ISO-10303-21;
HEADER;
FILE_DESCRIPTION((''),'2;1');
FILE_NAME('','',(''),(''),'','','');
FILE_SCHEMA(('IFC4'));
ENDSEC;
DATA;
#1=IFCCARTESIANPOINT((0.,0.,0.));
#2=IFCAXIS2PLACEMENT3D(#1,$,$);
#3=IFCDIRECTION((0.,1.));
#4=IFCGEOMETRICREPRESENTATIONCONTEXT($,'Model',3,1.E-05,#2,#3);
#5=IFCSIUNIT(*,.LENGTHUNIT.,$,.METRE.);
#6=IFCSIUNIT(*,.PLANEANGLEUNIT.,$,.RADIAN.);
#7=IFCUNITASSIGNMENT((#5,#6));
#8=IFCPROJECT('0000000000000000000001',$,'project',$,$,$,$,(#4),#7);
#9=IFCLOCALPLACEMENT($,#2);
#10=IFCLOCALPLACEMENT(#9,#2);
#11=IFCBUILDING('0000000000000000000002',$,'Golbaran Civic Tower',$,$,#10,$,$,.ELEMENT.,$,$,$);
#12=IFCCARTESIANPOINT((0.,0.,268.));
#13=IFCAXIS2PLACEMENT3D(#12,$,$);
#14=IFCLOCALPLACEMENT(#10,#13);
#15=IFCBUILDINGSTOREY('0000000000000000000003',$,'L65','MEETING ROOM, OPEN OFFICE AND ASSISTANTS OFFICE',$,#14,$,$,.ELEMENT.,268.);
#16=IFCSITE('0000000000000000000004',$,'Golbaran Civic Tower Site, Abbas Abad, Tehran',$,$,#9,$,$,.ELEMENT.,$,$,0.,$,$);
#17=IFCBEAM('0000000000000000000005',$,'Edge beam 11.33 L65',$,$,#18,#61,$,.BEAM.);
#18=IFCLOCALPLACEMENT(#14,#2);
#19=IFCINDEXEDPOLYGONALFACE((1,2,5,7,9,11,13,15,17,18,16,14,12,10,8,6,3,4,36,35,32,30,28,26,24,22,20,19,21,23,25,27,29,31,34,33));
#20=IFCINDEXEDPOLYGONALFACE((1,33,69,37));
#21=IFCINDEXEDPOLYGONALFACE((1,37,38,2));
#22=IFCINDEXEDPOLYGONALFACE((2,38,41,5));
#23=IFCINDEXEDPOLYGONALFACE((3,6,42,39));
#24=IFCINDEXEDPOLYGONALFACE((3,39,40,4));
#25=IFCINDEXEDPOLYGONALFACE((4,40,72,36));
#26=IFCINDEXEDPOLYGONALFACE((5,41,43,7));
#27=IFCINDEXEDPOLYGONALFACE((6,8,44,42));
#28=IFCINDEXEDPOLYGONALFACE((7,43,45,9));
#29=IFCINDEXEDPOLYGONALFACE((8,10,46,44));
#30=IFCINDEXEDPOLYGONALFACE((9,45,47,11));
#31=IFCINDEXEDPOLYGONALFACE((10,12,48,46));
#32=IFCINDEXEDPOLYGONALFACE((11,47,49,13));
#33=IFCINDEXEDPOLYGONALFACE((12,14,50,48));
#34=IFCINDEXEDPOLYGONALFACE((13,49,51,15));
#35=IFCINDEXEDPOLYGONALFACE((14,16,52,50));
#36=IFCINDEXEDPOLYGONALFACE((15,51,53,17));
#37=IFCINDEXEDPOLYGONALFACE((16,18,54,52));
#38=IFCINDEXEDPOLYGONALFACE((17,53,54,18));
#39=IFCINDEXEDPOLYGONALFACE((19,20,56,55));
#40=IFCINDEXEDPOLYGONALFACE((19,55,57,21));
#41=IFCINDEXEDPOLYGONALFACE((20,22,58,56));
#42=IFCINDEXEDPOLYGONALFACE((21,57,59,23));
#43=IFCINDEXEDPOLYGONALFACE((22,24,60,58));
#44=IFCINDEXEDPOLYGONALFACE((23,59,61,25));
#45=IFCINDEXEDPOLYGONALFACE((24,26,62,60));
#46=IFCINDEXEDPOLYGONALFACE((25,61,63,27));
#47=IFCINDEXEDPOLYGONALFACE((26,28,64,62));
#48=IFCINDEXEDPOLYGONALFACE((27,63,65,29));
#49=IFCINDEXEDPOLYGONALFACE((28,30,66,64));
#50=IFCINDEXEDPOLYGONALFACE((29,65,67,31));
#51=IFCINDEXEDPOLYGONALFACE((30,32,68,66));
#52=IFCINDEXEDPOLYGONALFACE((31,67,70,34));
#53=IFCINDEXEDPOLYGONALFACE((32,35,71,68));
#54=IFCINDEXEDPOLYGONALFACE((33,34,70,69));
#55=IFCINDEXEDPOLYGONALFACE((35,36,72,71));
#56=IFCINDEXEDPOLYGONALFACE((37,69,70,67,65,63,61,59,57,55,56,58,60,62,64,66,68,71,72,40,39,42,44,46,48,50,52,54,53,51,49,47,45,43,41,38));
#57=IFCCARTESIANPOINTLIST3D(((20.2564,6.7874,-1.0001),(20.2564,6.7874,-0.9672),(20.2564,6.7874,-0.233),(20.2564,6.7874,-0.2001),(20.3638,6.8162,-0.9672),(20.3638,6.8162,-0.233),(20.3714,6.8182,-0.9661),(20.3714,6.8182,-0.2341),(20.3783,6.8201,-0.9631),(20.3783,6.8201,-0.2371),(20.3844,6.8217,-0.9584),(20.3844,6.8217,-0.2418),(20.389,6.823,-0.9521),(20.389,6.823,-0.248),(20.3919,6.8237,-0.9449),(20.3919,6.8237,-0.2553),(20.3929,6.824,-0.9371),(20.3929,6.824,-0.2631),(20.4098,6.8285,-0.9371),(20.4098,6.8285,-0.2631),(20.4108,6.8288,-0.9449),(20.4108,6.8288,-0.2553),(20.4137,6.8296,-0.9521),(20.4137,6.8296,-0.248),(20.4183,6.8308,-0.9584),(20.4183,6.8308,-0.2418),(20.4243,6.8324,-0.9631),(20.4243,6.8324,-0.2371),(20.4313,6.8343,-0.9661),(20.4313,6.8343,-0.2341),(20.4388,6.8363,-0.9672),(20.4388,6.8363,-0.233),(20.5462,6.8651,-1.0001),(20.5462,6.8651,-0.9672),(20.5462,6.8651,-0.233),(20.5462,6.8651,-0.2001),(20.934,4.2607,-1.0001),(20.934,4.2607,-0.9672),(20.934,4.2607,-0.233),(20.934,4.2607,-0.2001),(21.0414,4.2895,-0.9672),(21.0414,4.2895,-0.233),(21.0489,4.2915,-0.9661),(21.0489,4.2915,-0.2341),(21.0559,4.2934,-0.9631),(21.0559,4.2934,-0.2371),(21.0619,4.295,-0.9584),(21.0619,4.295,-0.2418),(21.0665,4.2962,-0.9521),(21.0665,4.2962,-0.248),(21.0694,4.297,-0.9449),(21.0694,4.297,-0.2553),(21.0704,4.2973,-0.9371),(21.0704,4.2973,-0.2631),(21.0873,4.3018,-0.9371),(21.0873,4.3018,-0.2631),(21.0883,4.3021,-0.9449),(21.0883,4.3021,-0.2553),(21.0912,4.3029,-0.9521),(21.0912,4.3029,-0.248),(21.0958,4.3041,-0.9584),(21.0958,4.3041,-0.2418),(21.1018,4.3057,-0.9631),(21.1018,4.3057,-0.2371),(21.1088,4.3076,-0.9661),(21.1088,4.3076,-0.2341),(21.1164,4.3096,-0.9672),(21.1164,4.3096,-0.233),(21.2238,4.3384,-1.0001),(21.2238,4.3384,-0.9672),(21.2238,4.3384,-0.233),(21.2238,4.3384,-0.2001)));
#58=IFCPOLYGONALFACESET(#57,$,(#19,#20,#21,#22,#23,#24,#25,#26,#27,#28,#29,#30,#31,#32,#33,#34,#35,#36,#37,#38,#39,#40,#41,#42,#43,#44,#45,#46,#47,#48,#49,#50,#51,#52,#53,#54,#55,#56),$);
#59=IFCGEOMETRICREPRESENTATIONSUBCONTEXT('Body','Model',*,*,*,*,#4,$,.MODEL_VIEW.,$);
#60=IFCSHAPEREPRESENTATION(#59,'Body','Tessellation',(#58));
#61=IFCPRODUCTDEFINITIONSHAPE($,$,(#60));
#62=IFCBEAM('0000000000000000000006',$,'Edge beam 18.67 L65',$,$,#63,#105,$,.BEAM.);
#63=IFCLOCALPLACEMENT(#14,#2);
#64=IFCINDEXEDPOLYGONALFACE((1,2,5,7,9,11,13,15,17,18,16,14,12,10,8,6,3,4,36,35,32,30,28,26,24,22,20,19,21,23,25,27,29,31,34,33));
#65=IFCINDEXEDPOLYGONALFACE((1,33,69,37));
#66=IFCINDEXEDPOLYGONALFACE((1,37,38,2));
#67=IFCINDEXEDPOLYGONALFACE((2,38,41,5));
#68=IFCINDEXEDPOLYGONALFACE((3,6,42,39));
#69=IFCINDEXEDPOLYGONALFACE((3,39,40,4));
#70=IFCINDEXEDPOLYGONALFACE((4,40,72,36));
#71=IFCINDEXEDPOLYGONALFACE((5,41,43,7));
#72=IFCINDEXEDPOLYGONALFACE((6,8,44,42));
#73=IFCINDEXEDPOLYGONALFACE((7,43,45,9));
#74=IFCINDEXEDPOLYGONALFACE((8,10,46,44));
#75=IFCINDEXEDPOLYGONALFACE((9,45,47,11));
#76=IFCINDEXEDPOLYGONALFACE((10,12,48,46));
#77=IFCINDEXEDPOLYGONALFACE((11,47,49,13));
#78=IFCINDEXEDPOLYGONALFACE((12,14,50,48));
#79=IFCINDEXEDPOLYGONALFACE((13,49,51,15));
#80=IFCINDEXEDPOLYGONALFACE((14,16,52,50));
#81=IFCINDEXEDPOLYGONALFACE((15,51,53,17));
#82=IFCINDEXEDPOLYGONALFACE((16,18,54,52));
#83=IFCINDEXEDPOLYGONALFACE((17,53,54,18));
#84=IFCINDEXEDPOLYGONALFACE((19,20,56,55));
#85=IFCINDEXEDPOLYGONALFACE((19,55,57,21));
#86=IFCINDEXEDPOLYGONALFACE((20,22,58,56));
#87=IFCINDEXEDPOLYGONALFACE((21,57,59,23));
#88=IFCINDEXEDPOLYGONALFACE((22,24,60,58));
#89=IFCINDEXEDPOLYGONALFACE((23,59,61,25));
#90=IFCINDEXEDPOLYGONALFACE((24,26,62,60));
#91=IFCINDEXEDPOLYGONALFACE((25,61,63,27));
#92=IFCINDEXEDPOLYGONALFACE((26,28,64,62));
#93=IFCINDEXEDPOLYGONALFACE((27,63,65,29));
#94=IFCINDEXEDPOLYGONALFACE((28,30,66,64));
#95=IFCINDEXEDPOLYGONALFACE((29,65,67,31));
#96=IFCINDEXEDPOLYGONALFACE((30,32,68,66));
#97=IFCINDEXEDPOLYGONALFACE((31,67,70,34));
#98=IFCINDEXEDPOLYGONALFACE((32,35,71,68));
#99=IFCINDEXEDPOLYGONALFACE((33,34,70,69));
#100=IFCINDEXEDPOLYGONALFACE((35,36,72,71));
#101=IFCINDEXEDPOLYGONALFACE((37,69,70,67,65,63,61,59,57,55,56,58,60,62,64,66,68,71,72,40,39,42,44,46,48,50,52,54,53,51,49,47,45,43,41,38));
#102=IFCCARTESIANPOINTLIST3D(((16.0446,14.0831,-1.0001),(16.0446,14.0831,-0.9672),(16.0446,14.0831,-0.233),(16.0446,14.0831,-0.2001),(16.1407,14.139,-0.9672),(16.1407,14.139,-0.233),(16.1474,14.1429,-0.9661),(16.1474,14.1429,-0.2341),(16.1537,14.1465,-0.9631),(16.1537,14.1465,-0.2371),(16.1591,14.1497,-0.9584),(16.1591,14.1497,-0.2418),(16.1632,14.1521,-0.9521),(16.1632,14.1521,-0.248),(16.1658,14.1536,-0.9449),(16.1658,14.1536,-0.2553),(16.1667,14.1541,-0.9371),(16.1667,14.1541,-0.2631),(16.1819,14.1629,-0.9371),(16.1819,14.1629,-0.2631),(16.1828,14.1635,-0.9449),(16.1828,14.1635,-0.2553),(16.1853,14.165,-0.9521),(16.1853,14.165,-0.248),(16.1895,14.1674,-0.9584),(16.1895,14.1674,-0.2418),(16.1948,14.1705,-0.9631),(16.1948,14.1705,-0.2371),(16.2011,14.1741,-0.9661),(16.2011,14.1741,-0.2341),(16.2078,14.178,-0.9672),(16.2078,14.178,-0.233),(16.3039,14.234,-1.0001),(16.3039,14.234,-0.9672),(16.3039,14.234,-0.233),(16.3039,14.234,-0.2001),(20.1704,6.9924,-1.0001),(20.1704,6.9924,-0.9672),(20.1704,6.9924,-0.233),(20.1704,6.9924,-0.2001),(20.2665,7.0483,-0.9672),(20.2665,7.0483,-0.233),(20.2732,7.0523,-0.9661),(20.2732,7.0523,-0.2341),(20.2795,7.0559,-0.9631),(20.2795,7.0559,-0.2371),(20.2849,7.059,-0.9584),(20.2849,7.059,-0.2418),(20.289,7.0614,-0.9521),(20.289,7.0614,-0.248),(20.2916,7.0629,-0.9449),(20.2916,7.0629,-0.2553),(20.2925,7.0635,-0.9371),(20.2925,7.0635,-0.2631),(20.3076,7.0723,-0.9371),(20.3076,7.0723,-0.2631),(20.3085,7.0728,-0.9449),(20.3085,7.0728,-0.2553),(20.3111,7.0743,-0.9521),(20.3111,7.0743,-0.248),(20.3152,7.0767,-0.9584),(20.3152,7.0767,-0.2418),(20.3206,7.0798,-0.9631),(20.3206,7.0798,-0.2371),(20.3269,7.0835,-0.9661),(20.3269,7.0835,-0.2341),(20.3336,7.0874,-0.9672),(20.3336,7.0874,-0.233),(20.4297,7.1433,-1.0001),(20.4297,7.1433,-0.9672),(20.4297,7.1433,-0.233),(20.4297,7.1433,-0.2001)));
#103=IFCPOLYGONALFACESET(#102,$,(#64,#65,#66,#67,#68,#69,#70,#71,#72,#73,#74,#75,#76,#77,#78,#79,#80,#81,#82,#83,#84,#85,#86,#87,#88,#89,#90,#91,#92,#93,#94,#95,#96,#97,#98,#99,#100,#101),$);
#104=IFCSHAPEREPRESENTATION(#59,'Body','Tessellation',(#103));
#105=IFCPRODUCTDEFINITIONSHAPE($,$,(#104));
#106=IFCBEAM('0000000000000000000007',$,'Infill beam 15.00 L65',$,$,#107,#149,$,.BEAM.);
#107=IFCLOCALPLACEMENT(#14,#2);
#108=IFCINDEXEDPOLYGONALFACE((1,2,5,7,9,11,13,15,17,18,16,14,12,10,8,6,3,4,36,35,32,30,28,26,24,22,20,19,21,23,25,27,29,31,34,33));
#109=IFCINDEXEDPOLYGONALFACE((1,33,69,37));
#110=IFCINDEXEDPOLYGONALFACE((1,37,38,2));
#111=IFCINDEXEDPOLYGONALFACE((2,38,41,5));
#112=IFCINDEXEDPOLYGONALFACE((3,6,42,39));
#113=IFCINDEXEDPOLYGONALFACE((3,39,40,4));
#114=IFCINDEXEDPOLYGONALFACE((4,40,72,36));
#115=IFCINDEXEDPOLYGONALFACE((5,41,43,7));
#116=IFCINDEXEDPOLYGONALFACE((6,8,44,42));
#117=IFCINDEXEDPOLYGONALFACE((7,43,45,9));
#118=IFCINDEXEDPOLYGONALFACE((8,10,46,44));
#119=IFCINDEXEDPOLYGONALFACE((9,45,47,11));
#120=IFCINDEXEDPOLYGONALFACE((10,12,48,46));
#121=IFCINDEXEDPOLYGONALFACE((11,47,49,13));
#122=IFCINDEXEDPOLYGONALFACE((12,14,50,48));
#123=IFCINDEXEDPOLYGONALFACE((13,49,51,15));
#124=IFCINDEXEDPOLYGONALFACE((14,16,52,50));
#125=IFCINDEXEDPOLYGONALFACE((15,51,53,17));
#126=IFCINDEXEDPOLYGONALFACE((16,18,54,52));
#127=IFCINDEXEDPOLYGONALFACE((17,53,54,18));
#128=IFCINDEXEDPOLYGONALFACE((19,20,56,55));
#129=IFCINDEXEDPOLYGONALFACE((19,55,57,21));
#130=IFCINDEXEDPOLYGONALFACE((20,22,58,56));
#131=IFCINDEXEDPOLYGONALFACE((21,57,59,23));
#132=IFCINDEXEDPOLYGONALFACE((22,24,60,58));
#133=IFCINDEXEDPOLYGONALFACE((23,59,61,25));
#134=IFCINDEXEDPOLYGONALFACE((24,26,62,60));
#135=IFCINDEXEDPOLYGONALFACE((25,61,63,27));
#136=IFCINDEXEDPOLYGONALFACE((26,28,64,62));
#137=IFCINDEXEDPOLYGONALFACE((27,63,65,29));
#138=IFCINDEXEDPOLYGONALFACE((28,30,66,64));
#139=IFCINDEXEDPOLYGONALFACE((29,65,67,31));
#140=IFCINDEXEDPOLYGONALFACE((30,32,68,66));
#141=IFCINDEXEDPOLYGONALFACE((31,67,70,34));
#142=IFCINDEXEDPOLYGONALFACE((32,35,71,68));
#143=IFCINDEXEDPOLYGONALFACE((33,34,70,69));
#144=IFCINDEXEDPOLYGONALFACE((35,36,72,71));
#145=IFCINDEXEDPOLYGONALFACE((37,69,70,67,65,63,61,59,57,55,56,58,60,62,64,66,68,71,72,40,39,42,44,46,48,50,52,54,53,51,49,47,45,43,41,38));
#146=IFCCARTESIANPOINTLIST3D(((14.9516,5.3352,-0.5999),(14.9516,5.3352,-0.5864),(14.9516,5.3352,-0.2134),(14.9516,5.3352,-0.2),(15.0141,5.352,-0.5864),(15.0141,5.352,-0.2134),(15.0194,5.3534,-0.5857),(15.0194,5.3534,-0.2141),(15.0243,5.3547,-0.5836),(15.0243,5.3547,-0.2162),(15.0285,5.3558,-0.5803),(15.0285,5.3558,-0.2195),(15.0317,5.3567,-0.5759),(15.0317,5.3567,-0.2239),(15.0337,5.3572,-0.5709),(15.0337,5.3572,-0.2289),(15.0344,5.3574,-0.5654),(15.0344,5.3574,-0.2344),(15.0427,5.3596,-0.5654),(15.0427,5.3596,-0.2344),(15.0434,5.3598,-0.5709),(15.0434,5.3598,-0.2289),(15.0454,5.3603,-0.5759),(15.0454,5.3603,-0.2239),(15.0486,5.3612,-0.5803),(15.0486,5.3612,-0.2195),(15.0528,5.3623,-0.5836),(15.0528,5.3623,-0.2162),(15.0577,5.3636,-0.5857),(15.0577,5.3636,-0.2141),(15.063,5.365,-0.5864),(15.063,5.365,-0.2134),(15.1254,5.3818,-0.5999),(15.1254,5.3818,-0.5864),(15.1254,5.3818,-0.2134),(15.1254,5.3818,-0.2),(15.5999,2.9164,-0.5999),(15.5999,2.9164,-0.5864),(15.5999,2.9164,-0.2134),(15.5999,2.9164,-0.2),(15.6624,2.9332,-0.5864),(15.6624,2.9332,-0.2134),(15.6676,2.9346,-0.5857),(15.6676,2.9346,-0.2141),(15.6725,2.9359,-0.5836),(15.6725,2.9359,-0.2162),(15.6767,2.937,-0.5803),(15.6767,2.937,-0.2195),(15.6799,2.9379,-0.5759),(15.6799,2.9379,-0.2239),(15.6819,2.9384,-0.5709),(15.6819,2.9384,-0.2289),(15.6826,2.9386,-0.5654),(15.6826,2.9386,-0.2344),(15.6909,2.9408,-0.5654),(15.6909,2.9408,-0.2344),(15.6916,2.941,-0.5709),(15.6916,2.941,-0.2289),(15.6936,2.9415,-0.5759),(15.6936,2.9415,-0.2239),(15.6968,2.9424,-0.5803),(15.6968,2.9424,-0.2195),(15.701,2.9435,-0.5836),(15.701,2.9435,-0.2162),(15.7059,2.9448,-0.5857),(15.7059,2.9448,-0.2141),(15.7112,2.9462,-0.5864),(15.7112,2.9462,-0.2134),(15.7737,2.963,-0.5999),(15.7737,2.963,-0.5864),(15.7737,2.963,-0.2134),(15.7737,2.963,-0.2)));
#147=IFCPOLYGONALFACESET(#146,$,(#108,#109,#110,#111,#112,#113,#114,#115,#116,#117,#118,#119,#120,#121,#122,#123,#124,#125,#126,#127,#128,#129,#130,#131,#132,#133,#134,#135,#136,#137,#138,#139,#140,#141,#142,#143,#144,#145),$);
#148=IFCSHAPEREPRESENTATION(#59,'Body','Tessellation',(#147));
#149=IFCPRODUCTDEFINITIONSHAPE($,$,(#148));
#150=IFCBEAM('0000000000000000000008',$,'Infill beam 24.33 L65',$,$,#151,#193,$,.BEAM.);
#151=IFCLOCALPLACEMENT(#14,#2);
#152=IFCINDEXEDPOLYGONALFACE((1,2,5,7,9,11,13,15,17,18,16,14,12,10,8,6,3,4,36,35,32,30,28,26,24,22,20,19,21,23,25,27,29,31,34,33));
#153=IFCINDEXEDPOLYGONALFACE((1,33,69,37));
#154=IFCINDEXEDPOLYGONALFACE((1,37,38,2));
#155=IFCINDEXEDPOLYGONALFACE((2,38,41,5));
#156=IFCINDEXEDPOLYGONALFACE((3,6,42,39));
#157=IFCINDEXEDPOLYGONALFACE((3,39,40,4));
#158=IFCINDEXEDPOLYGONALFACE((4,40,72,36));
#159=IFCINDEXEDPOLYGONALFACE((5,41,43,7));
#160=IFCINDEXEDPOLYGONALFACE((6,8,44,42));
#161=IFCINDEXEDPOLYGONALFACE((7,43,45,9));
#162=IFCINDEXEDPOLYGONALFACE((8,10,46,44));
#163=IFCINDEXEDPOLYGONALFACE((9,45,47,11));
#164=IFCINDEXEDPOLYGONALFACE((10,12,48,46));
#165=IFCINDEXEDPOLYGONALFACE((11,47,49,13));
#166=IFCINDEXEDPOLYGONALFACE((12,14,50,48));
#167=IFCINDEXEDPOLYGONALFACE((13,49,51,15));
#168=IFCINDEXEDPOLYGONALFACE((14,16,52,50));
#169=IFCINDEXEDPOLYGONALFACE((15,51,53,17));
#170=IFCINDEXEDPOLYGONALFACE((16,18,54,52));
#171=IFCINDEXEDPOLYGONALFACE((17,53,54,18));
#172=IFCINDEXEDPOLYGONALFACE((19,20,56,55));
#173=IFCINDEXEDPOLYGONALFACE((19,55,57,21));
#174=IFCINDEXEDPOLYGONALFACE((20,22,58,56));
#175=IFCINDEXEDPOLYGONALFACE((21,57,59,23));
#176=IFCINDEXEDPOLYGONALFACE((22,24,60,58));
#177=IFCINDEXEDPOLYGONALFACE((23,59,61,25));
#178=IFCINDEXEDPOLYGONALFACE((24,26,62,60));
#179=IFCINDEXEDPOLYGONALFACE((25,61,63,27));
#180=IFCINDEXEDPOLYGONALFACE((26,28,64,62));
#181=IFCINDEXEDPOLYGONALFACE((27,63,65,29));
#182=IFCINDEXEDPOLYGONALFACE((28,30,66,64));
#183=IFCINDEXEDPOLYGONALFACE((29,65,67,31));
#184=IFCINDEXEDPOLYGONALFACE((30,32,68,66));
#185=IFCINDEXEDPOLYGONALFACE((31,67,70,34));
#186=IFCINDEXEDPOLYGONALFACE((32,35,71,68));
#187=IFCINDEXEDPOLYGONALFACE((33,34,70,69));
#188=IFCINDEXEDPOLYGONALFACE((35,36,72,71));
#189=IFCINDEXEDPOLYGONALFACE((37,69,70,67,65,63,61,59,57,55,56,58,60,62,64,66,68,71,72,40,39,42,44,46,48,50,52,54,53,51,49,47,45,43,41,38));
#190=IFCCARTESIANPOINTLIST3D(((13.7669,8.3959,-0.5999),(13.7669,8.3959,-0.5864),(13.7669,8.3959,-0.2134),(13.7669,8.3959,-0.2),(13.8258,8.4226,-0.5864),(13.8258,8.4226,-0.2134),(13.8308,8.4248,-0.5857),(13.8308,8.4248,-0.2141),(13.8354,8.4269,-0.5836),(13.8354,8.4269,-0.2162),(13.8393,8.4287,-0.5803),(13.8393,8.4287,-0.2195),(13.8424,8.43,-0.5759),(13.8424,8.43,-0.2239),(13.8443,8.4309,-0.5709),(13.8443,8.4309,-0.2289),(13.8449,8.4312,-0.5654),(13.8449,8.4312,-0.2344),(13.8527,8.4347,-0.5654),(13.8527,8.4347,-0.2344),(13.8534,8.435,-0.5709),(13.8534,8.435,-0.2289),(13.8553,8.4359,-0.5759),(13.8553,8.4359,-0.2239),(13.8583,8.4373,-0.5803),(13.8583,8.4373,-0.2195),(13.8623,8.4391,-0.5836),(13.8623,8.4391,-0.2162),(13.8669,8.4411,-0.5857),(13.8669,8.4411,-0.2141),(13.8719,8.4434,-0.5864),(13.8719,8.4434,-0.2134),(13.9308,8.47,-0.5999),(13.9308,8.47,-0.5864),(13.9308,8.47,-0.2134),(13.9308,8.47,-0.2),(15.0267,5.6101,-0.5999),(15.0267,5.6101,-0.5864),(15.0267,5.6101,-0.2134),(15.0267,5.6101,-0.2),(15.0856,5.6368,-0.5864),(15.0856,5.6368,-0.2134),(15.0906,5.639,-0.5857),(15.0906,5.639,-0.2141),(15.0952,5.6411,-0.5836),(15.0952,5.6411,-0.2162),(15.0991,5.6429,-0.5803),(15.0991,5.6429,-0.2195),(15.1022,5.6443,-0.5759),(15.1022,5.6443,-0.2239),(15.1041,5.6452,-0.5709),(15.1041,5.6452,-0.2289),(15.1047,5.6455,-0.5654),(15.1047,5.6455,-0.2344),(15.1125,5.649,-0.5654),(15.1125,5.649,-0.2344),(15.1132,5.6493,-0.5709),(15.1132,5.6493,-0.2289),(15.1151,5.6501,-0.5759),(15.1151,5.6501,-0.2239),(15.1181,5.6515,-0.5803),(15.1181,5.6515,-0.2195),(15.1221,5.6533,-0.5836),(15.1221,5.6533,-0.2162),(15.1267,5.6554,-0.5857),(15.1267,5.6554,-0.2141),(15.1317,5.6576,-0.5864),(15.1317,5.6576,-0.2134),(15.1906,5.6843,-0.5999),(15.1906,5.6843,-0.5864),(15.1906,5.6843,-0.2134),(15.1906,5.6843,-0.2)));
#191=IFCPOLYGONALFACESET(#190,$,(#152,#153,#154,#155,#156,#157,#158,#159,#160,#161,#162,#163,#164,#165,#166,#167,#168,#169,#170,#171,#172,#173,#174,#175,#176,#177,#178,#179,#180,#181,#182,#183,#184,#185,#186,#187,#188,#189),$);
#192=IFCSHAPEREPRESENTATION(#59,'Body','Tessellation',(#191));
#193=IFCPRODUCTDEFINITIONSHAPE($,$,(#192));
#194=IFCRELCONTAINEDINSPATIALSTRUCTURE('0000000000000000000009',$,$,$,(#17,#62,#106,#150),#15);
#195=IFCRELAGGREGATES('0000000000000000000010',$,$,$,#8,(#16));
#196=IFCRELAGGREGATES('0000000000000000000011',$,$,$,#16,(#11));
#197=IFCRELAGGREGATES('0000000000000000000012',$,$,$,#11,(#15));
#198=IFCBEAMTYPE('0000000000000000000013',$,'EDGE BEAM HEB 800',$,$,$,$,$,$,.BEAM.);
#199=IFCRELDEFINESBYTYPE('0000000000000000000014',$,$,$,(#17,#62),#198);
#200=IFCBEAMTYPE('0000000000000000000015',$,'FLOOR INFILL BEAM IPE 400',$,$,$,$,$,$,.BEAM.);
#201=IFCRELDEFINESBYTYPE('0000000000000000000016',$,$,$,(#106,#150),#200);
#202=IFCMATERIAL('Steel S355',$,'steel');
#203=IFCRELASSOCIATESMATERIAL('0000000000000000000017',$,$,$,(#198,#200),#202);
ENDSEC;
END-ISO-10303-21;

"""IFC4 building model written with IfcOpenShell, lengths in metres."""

from ifc_helpers import new_model, si_unit, direction, frame, origin, origin_2d, place, context, subcontext, project, spatial, i_section, extrude, material, material_profile, profile_set, type_object, element, save


model = new_model("IFC4")

# Units and contexts
model_context = context("Model", 3, precision=1e-05, world=origin(), true_north=direction((0.0, 1.0)))
body_context = subcontext(model_context, "Body", "Model", "MODEL_VIEW")
ifc_project = project(units=[si_unit("LENGTHUNIT", "METRE"), si_unit("PLANEANGLEUNIT", "RADIAN")], contexts=[model_context])

# Site, building, storey
site_placement = place(None, origin())
site = spatial("IfcSite", under=ifc_project, at=site_placement, Name="Golbaran Civic Tower Site, Abbas Abad, Tehran", CompositionType="ELEMENT", RefElevation=0.0)
building_placement = place(site_placement, origin())
building = spatial("IfcBuilding", under=site, at=building_placement, Name="Golbaran Civic Tower", CompositionType="ELEMENT")
storey_placement = place(building_placement, frame((0.0, 0.0, 268.0)))
storey = spatial("IfcBuildingStorey", under=building, at=storey_placement, Name="L65", Description="MEETING ROOM, OPEN OFFICE AND ASSISTANTS OFFICE", CompositionType="ELEMENT", Elevation=268.0)

# Beams
ifc_material_1 = material(Name="Steel S355", Category="steel")
ifc_material_profile_1 = material_profile(ifc_material_1, i_section(OverallWidth=0.3, OverallDepth=0.8, WebThickness=0.0176, FlangeThickness=0.033, FilletRadius=0.03, at=origin_2d()), Name="HEB 800")
ifc_profile_set_1 = profile_set([ifc_material_profile_1], Name="Steel S355")
beam_type_1 = type_object("IfcBeamType", Name="EDGE BEAM HEB 800", PredefinedType="BEAM", material=ifc_profile_set_1)
beam_1_placement = place(storey_placement, frame((21.0789, 4.2996, -0.6001), z_axis=(-0.258993, 0.965879, 0.0), x_axis=(-0.965879, -0.258993, 0.0)))
element("IfcBeam", 1, at=beam_1_placement, inside=storey, type_object=beam_type_1, Name="Edge beam 11.33 L65", PredefinedType="BEAM", context=body_context, shape_type="SweptSolid", body=[
    extrude(i_section(OverallWidth=0.3, OverallDepth=0.8, WebThickness=0.0176, FlangeThickness=0.033, FilletRadius=0.03, at=origin_2d()), origin(), (0.0, 0.0, 1.0), 2.616),
])
beam_2_placement = place(storey_placement, frame((20.3, 7.0679, -0.6001), z_axis=(-0.502921, 0.864332, 0.0), x_axis=(-0.864332, -0.502921, 0.0)))
element("IfcBeam", 2, at=beam_2_placement, inside=storey, type_object=beam_type_1, Name="Edge beam 18.67 L65", PredefinedType="BEAM", context=body_context, shape_type="SweptSolid", body=[
    extrude(i_section(OverallWidth=0.3, OverallDepth=0.8, WebThickness=0.0176, FlangeThickness=0.033, FilletRadius=0.03, at=origin_2d()), origin(), (0.0, 0.0, 1.0), 8.2036),
])
ifc_material_profile_2 = material_profile(ifc_material_1, i_section(OverallWidth=0.1799, OverallDepth=0.3999, WebThickness=0.0085, FlangeThickness=0.0134, FilletRadius=0.021, at=origin_2d()), Name="IPE 400")
ifc_profile_set_2 = profile_set([ifc_material_profile_2], Name="Steel S355")
beam_type_2 = type_object("IfcBeamType", Name="FLOOR INFILL BEAM IPE 400", PredefinedType="BEAM", material=ifc_profile_set_2)
beam_3_placement = place(storey_placement, frame((15.6868, 2.9397, -0.3999), z_axis=(-0.258858, 0.965915, 0.0), x_axis=(-0.965915, -0.258858, 0.0)))
element("IfcBeam", 3, at=beam_3_placement, inside=storey, type_object=beam_type_2, Name="Infill beam 15.00 L65", PredefinedType="BEAM", context=body_context, shape_type="SweptSolid", body=[
    extrude(i_section(OverallWidth=0.1799, OverallDepth=0.3999, WebThickness=0.0085, FlangeThickness=0.0134, FilletRadius=0.021, at=origin_2d()), origin(), (0.0, 0.0, 1.0), 2.5042),
])
beam_4_placement = place(storey_placement, frame((15.1086, 5.6472, -0.3999), z_axis=(-0.412057, 0.911158, 0.0), x_axis=(-0.911158, -0.412057, 0.0)))
element("IfcBeam", 4, at=beam_4_placement, inside=storey, type_object=beam_type_2, Name="Infill beam 24.33 L65", PredefinedType="BEAM", context=body_context, shape_type="SweptSolid", body=[
    extrude(i_section(OverallWidth=0.1799, OverallDepth=0.3999, WebThickness=0.0085, FlangeThickness=0.0134, FilletRadius=0.021, at=origin_2d()), origin(), (0.0, 0.0, 1.0), 3.0574),
])

save(model, "model.ifc")
